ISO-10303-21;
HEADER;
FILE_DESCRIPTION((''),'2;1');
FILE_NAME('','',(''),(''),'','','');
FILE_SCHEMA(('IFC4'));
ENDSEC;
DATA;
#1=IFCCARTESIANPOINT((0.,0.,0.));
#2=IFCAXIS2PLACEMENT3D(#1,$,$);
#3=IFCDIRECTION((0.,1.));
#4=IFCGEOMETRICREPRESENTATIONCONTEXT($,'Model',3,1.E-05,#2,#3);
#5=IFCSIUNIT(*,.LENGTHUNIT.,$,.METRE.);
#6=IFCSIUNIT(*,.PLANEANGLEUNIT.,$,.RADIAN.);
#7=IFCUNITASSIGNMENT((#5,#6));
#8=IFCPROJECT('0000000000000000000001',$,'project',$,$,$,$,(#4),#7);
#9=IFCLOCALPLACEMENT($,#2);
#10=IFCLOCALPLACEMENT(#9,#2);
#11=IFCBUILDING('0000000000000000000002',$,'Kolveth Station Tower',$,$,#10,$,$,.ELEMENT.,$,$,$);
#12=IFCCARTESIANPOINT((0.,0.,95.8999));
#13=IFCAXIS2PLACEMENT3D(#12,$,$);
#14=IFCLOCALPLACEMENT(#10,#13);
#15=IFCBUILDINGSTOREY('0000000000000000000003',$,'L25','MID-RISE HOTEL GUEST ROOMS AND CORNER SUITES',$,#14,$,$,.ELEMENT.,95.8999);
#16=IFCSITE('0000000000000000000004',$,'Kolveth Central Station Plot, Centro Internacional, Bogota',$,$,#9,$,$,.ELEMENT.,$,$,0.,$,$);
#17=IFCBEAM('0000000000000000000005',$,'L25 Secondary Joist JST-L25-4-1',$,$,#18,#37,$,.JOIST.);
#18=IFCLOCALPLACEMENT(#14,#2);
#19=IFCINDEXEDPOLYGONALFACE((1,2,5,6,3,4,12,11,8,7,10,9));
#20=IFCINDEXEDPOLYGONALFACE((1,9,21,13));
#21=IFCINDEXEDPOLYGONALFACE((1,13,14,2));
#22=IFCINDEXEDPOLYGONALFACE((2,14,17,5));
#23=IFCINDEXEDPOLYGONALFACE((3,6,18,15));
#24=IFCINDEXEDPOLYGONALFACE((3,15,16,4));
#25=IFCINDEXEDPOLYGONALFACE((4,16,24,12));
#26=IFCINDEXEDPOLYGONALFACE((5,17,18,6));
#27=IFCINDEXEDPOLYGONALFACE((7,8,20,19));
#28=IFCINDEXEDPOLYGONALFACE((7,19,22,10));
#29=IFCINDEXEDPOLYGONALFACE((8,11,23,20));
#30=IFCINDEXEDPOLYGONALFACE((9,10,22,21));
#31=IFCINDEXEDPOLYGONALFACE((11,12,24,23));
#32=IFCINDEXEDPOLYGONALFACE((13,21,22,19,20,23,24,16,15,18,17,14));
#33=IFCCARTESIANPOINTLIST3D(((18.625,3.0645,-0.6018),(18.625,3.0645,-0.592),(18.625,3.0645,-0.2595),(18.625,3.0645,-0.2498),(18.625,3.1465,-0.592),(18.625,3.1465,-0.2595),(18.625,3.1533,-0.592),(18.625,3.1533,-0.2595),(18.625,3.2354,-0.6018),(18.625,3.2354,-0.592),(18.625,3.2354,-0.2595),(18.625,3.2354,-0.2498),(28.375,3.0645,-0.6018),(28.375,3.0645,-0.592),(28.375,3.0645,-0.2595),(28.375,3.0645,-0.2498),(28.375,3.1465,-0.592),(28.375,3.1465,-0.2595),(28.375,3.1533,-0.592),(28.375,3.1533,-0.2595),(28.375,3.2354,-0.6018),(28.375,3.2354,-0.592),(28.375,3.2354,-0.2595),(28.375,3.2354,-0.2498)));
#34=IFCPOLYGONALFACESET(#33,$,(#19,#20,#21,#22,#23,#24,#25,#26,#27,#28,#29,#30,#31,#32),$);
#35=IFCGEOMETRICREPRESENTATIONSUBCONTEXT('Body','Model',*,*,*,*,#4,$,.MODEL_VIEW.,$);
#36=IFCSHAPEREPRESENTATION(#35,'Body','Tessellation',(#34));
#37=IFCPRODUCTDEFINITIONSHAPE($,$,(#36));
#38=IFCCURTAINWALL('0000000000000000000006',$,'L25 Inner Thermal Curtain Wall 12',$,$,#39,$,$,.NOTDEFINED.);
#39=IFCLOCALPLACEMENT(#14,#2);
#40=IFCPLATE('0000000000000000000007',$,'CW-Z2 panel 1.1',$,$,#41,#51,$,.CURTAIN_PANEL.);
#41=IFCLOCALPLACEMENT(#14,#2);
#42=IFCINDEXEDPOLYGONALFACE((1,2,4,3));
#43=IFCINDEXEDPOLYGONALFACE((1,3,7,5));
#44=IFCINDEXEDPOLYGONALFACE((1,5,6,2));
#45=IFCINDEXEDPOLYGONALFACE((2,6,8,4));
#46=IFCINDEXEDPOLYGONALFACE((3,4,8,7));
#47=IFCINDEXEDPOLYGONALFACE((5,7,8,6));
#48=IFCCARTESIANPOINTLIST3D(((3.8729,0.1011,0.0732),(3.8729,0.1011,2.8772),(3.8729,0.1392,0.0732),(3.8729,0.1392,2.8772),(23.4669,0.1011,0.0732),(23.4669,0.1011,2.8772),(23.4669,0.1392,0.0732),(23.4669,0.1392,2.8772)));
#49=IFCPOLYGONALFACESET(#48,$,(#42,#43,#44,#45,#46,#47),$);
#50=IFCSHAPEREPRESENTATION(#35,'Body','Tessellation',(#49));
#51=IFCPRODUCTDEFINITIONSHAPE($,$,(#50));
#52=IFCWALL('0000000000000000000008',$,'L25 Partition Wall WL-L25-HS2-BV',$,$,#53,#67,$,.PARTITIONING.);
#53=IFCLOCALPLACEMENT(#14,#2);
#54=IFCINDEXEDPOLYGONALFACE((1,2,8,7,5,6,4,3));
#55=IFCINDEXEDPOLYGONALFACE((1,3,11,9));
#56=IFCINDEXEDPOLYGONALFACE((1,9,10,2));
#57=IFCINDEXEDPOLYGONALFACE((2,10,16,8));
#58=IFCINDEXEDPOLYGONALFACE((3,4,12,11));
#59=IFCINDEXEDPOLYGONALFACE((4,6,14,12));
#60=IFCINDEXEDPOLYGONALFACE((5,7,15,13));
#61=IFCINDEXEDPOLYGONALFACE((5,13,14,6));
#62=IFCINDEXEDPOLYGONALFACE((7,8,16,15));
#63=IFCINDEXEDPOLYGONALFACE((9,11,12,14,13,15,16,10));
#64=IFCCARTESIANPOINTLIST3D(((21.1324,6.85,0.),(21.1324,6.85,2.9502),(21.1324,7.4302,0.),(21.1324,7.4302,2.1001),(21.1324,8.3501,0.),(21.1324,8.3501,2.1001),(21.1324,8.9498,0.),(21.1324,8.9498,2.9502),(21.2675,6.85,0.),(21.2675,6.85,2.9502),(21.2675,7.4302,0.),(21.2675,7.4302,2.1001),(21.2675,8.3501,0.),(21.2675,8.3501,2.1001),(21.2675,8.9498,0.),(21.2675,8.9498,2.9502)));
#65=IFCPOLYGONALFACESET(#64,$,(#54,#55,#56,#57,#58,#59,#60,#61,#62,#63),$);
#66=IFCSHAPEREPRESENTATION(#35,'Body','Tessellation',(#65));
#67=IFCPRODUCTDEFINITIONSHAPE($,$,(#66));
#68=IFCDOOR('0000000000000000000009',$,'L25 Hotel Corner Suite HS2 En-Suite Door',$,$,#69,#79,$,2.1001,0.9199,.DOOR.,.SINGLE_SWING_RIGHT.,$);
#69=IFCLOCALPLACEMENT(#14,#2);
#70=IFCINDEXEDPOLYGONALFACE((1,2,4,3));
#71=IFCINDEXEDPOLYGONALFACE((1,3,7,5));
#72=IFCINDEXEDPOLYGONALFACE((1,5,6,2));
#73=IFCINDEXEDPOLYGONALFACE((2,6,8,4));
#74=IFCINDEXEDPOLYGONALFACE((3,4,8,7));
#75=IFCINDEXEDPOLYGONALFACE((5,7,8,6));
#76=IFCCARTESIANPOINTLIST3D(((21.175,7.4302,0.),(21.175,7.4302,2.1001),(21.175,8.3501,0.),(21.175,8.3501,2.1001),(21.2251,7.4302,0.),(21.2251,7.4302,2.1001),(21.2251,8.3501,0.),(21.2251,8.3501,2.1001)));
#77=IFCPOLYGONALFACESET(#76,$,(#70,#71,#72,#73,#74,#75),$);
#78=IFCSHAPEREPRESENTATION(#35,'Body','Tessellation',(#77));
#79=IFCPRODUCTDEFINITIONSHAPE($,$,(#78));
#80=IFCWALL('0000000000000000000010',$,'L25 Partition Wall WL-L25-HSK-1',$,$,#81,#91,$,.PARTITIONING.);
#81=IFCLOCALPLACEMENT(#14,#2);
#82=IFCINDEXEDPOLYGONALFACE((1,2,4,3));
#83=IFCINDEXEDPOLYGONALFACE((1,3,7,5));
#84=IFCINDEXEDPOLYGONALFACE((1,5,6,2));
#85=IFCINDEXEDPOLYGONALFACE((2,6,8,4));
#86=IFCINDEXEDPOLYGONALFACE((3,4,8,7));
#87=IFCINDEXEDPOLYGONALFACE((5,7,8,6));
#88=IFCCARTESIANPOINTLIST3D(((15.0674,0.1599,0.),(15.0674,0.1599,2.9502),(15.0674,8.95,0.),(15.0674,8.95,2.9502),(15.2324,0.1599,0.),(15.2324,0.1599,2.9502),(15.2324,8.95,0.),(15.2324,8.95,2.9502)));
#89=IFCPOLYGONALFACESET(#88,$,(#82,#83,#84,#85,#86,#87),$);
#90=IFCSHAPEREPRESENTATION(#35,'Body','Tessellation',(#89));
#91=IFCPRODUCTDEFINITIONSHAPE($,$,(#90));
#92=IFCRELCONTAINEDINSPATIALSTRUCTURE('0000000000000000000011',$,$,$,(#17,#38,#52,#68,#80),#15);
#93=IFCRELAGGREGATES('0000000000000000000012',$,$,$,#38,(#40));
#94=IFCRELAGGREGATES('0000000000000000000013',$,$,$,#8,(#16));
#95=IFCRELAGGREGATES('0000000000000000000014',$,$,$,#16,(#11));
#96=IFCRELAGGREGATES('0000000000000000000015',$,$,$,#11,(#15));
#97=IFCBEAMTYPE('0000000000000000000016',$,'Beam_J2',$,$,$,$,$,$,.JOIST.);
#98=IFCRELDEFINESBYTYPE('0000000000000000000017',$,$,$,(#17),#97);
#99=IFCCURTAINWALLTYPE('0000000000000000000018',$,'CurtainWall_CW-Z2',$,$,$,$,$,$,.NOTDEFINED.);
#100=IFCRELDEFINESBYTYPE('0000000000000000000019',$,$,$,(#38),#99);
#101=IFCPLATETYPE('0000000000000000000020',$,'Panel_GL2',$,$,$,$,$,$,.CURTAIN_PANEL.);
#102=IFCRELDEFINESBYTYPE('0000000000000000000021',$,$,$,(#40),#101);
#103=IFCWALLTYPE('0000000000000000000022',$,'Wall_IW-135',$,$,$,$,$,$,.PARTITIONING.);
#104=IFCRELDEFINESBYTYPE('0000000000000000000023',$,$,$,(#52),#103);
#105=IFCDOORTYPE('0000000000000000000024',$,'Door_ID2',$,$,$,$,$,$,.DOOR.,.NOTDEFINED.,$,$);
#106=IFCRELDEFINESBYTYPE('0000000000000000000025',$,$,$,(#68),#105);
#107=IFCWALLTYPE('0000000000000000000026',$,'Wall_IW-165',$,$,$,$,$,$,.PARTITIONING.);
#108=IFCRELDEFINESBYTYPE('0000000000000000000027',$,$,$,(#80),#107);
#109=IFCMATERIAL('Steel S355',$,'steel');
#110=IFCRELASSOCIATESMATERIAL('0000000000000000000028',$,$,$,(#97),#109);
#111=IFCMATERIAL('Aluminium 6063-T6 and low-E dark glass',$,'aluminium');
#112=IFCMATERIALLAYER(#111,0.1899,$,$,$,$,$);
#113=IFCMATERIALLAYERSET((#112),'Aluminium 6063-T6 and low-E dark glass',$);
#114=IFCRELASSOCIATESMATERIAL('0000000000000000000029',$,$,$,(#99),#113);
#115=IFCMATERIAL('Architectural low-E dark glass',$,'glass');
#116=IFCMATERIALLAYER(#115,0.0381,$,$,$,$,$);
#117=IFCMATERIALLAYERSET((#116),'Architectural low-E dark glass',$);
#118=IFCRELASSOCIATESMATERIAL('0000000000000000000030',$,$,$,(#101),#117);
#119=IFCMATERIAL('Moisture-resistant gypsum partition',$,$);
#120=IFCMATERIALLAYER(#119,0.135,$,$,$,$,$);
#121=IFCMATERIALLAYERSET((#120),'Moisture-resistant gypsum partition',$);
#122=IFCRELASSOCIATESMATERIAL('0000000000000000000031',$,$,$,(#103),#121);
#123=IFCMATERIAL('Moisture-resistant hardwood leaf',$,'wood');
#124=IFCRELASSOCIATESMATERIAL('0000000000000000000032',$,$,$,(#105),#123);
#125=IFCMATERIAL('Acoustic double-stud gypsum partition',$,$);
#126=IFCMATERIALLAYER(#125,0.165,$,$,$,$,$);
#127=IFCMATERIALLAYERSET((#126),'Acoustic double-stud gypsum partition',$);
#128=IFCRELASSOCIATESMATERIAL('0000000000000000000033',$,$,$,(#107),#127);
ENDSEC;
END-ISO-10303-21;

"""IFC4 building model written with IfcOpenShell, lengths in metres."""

from ifc_helpers import new_model, si_unit, direction, frame, frame_2d, origin, origin_2d, place, context, subcontext, project, spatial, rectangle, i_section, extrude, source, transform, mapped, material, layer, layer_set, material_profile, profile_set, type_object, element, fill, aggregate, save


model = new_model("IFC4")

# Units and contexts
model_context = context("Model", 3, precision=1e-05, world=origin(), true_north=direction((0.0, 1.0)))
body_context = subcontext(model_context, "Body", "Model", "MODEL_VIEW")
ifc_project = project(units=[si_unit("LENGTHUNIT", "METRE"), si_unit("PLANEANGLEUNIT", "RADIAN")], contexts=[model_context])

# Site, building, storey
site_placement = place(None, origin())
site = spatial("IfcSite", under=ifc_project, at=site_placement, Name="Kolveth Central Station Plot, Centro Internacional, Bogota", CompositionType="ELEMENT", RefElevation=0.0)
building_placement = place(site_placement, origin())
building = spatial("IfcBuilding", under=site, at=building_placement, Name="Kolveth Station Tower", CompositionType="ELEMENT")
storey_placement = place(building_placement, frame((0.0, 0.0, 95.8999)))
storey = spatial("IfcBuildingStorey", under=building, at=storey_placement, Name="L25", Description="MID-RISE HOTEL GUEST ROOMS AND CORNER SUITES", CompositionType="ELEMENT", Elevation=95.8999)

# Beam
ifc_material_1 = material(Name="Steel S355", Category="steel")
ifc_material_profile_1 = material_profile(ifc_material_1, i_section(OverallWidth=0.1709, OverallDepth=0.3521, WebThickness=0.0068, FlangeThickness=0.0098, at=origin_2d()), Name="W360x44")
ifc_profile_set_1 = profile_set([ifc_material_profile_1], Name="Steel S355")
beam_type_1 = type_object("IfcBeamType", Name="Beam_J2", PredefinedType="JOIST", material=ifc_profile_set_1)
shared_shape_1 = source(origin(), body_context, "Body", "SweptSolid", [
    extrude(i_section(OverallWidth=0.1709, OverallDepth=0.3521, WebThickness=0.0068, FlangeThickness=0.0098, at=origin_2d()), origin(), (0.0, 0.0, 1.0), 9.75),
])
beam_1_placement = place(storey_placement, frame((18.625, 3.1499, -0.4258), z_axis=(1.0, 0.0, 0.0), x_axis=(0.0, 1.0, 0.0)))
element("IfcBeam", 1, at=beam_1_placement, inside=storey, type_object=beam_type_1, Name="L25 Secondary Joist JST-L25-4-1", PredefinedType="JOIST", context=body_context, shape_type="MappedRepresentation", body=[
    mapped(shared_shape_1, transform((0.0, 0.0, 0.0), x_axis=(1.0, 0.0, 0.0), y_axis=(0.0, 1.0, 0.0), z_axis=(0.0, 0.0, 1.0), scale=1.0)),
])

# Curtain wall, plate
ifc_material_2 = material(Name="Aluminium 6063-T6 and low-E dark glass", Category="aluminium")
ifc_layer_1 = layer(ifc_material_2, 0.1899)
ifc_layer_set_1 = layer_set([ifc_layer_1], Name="Aluminium 6063-T6 and low-E dark glass")
curtain_wall_type = type_object("IfcCurtainWallType", Name="CurtainWall_CW-Z2", PredefinedType="NOTDEFINED", material=ifc_layer_set_1)
curtain_wall_placement = place(storey_placement, origin())
curtain_wall = element("IfcCurtainWall", 2, at=curtain_wall_placement, inside=storey, type_object=curtain_wall_type, Name="L25 Inner Thermal Curtain Wall 12", PredefinedType="NOTDEFINED")
ifc_material_3 = material(Name="Architectural low-E dark glass", Category="glass")
ifc_layer_2 = layer(ifc_material_3, 0.0381)
ifc_layer_set_2 = layer_set([ifc_layer_2], Name="Architectural low-E dark glass")
plate_type = type_object("IfcPlateType", Name="Panel_GL2", PredefinedType="CURTAIN_PANEL", material=ifc_layer_set_2)
shared_shape_2 = source(origin(), body_context, "Body", "SweptSolid", [
    extrude(rectangle(XDim=19.594, YDim=0.0381, at=origin_2d()), origin(), (0.0, 0.0, 1.0), 2.804),
])
plate_placement = place(storey_placement, frame((13.6699, 0.1201, 0.0732), z_axis=(0.0, 0.0, 1.0), x_axis=(1.0, 0.0, 0.0)))
plate = element("IfcPlate", 3, at=plate_placement, type_object=plate_type, Name="CW-Z2 panel 1.1", PredefinedType="CURTAIN_PANEL", context=body_context, shape_type="MappedRepresentation", body=[
    mapped(shared_shape_2, transform((0.0, 0.0, 0.0), x_axis=(1.0, 0.0, 0.0), y_axis=(0.0, 1.0, 0.0), z_axis=(0.0, 0.0, 1.0), scale=1.0)),
])
aggregate(curtain_wall, [plate])

# Wall, opening, door
ifc_material_4 = material(Name="Moisture-resistant gypsum partition")
ifc_layer_3 = layer(ifc_material_4, 0.135)
ifc_layer_set_3 = layer_set([ifc_layer_3], Name="Moisture-resistant gypsum partition")
wall_type_1 = type_object("IfcWallType", Name="Wall_IW-135", PredefinedType="PARTITIONING", material=ifc_layer_set_3)
wall_1_placement = place(storey_placement, frame((21.2, 6.8501, 0.0), z_axis=(0.0, 0.0, 1.0), x_axis=(0.0, 1.0, 0.0)))
wall_1 = element("IfcWall", 4, at=wall_1_placement, inside=storey, type_object=wall_type_1, Name="L25 Partition Wall WL-L25-HS2-BV", PredefinedType="PARTITIONING", context=body_context, shape_type="SweptSolid", body=[
    extrude(rectangle(XDim=2.0999, YDim=0.135, at=frame_2d((1.0498, 0.0))), origin(), (0.0, 0.0, 1.0), 2.9502),
])
opening_placement = place(wall_1_placement, frame((0.5801, 0.0, 0.0)))
opening = element("IfcOpeningElement", 5, at=opening_placement, cuts=wall_1, PredefinedType="OPENING", context=body_context, shape_type="SweptSolid", body=[
    extrude(rectangle(XDim=0.9199, YDim=2.1001, at=frame_2d((0.46, 1.05))), frame((0.0, 0.0774, 0.0), z_axis=(0.0, -1.0, 0.0), x_axis=(1.0, 0.0, 0.0)), (0.0, 0.0, 1.0), 0.155),
])
ifc_material_5 = material(Name="Moisture-resistant hardwood leaf", Category="wood")
door_type = type_object("IfcDoorType", Name="Door_ID2", OperationType="NOTDEFINED", PredefinedType="DOOR", material=ifc_material_5)
door_placement = place(opening_placement, origin())
door = element("IfcDoor", 6, at=door_placement, inside=storey, type_object=door_type, Name="L25 Hotel Corner Suite HS2 En-Suite Door", OperationType="SINGLE_SWING_RIGHT", OverallHeight=2.1001, OverallWidth=0.9199, PredefinedType="DOOR", context=body_context, shape_type="SweptSolid", body=[
    extrude(rectangle(XDim=0.9199, YDim=2.1001, at=frame_2d((0.46, 1.05))), frame((0.0, 0.0249, 0.0), z_axis=(0.0, -1.0, 0.0), x_axis=(1.0, 0.0, 0.0)), (0.0, 0.0, 1.0), 0.05),
])
fill(opening, door)

# Wall
ifc_material_6 = material(Name="Acoustic double-stud gypsum partition")
ifc_layer_4 = layer(ifc_material_6, 0.165)
ifc_layer_set_4 = layer_set([ifc_layer_4], Name="Acoustic double-stud gypsum partition")
wall_type_2 = type_object("IfcWallType", Name="Wall_IW-165", PredefinedType="PARTITIONING", material=ifc_layer_set_4)
wall_2_placement = place(storey_placement, frame((15.1499, 0.1599, 0.0), z_axis=(0.0, 0.0, 1.0), x_axis=(0.0, 1.0, 0.0)))
element("IfcWall", 7, at=wall_2_placement, inside=storey, type_object=wall_type_2, Name="L25 Partition Wall WL-L25-HSK-1", PredefinedType="PARTITIONING", context=body_context, shape_type="SweptSolid", body=[
    extrude(rectangle(XDim=8.79, YDim=0.165, at=frame_2d((4.395, 0.0))), origin(), (0.0, 0.0, 1.0), 2.9502),
])

save(model, "model.ifc")
